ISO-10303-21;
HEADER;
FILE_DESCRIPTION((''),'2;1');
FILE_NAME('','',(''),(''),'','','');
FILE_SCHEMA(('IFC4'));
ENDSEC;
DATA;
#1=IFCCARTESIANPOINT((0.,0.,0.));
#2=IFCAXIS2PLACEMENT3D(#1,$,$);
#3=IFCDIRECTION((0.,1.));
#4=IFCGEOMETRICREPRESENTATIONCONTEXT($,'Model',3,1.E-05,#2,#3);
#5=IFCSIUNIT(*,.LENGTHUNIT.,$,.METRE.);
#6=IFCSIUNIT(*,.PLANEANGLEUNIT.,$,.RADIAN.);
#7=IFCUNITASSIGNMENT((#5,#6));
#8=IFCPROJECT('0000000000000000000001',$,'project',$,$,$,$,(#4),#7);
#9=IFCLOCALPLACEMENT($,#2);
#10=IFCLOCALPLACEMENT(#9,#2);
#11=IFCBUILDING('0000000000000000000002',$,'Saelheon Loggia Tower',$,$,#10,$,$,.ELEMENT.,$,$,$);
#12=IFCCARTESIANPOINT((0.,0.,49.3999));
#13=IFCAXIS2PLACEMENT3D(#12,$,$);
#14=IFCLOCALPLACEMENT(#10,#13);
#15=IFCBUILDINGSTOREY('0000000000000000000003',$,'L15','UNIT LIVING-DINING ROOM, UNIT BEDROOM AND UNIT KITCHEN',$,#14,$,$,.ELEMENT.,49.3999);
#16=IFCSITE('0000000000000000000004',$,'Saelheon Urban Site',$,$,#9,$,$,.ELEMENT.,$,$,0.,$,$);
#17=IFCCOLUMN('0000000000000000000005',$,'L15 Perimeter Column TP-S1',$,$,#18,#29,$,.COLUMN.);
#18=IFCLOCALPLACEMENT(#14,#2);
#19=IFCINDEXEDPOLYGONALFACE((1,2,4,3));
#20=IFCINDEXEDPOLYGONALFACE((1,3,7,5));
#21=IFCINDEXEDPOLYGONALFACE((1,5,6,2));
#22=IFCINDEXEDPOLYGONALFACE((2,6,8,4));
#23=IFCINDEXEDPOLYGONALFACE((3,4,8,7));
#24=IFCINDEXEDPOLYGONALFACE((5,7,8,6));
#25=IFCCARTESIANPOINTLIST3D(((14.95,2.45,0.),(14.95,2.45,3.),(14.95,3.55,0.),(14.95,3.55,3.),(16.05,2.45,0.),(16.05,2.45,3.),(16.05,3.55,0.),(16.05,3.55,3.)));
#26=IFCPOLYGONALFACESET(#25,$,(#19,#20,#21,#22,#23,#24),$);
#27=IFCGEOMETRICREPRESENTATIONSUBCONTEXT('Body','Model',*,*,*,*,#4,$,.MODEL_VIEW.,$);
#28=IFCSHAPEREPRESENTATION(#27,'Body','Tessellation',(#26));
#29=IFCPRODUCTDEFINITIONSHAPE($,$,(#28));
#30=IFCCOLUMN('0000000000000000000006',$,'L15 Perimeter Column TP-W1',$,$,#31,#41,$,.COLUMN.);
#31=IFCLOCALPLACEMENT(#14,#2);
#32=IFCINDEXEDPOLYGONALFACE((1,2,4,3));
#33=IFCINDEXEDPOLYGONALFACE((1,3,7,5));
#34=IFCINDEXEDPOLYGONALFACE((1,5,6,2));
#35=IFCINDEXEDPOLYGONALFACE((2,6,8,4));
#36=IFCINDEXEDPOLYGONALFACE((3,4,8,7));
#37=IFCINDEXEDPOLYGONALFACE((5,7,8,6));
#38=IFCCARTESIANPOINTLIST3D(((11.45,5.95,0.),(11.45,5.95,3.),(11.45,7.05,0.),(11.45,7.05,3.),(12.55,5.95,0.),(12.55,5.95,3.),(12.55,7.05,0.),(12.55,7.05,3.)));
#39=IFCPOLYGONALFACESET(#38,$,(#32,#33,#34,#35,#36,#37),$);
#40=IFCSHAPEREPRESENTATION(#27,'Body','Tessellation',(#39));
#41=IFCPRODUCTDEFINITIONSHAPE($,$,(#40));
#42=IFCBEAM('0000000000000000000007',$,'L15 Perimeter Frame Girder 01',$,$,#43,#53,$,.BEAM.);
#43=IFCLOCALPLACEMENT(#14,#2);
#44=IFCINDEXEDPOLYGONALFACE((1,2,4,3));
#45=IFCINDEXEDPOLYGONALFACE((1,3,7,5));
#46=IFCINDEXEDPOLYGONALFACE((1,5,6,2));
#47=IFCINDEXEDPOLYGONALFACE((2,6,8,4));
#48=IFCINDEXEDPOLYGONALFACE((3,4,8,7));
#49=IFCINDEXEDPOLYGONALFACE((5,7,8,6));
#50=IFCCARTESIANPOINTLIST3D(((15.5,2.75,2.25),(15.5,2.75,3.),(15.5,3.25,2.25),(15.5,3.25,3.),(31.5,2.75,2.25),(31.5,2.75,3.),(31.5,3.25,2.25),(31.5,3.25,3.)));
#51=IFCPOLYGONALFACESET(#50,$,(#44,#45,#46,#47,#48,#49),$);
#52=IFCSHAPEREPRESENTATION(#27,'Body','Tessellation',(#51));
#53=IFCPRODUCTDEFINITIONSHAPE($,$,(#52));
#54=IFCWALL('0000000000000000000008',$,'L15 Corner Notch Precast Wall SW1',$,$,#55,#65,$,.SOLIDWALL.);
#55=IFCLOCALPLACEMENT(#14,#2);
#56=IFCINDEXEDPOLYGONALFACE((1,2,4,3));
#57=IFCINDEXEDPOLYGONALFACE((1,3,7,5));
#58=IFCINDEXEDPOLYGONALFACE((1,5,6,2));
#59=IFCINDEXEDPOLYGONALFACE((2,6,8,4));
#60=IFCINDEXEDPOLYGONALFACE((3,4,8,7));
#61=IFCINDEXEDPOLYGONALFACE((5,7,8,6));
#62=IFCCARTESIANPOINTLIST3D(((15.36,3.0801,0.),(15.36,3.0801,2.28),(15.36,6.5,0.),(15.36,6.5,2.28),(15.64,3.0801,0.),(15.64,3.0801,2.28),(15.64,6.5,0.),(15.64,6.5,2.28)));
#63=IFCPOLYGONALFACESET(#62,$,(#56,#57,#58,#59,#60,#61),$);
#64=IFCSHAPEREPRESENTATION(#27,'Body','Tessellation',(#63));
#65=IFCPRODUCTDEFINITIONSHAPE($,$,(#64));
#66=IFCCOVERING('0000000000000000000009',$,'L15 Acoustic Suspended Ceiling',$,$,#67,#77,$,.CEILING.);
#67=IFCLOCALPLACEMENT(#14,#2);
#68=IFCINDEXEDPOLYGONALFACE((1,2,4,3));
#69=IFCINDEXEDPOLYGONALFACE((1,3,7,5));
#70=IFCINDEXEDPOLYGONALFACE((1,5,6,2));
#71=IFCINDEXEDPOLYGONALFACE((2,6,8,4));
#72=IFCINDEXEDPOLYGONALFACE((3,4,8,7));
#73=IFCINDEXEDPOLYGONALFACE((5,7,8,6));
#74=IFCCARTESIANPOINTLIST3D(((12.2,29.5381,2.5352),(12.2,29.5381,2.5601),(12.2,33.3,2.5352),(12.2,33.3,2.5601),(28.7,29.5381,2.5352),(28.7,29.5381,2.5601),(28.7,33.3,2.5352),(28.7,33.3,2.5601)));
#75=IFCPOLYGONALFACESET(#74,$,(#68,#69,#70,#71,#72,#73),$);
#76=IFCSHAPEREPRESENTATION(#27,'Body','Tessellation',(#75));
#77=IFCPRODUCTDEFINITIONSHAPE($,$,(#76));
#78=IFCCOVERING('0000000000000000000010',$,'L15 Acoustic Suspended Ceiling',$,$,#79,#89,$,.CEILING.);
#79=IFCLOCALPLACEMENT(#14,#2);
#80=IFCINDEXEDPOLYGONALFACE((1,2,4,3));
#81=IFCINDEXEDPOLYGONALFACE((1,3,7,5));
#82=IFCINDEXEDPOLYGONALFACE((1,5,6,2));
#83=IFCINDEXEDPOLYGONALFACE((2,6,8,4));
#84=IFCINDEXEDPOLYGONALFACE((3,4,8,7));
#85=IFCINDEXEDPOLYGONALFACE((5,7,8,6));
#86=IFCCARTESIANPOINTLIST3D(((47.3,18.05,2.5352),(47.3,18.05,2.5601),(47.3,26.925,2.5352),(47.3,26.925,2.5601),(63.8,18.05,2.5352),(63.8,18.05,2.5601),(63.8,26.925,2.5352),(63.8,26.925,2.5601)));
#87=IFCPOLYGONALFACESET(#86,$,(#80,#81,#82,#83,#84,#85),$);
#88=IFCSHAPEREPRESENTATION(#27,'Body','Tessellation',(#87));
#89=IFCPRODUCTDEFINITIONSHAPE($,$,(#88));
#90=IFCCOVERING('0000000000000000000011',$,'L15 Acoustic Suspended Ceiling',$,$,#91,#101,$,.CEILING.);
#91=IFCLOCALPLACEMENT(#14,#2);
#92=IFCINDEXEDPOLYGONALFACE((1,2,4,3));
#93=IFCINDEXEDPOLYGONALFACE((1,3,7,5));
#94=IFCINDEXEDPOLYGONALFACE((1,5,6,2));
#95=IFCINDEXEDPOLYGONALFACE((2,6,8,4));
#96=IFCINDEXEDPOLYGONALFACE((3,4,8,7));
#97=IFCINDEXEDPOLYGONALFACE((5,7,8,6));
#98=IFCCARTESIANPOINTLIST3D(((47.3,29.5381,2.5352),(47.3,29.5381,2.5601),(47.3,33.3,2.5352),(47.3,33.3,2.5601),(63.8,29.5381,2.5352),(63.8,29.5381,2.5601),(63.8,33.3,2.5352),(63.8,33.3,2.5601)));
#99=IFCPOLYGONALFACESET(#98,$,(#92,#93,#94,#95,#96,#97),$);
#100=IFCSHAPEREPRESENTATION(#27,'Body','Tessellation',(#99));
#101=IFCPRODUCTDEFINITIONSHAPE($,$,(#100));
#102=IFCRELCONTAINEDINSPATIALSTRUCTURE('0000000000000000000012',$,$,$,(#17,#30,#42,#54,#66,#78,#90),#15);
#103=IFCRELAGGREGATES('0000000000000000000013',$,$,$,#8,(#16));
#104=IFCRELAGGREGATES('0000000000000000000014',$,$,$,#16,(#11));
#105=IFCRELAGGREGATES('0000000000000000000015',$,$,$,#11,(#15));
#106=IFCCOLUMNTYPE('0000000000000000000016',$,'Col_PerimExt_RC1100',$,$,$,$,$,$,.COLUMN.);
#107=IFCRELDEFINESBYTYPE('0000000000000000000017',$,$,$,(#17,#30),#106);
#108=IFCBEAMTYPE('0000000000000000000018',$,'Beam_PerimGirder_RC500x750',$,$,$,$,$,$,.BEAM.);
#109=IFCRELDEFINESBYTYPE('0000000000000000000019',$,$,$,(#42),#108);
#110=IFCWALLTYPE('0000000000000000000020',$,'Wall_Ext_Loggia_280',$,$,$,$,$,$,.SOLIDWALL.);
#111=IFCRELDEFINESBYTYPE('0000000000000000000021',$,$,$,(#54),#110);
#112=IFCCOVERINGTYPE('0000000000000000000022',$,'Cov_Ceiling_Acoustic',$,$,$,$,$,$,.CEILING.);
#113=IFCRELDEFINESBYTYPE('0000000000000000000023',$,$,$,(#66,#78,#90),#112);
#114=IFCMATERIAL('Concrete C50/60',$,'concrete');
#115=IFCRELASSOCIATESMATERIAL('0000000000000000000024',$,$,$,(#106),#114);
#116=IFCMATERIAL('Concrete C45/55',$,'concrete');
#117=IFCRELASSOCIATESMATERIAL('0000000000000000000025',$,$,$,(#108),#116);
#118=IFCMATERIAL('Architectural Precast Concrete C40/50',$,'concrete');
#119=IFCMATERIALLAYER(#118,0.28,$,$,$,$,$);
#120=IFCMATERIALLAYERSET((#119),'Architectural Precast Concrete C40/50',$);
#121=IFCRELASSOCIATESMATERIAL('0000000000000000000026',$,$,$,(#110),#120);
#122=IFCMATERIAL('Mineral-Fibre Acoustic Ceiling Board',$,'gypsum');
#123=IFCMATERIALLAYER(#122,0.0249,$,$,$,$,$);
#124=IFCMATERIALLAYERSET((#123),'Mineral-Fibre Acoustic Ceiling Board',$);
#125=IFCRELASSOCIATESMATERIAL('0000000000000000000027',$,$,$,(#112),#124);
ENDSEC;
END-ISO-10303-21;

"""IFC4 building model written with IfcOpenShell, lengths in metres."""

from ifc_helpers import new_model, si_unit, direction, frame, frame_2d, origin, origin_2d, place, context, subcontext, project, spatial, polyline, rectangle, outline, extrude, source, transform, mapped, material, layer, layer_set, material_profile, profile_set, type_object, element, save


model = new_model("IFC4")

# Units and contexts
model_context = context("Model", 3, precision=1e-05, world=origin(), true_north=direction((0.0, 1.0)))
body_context = subcontext(model_context, "Body", "Model", "MODEL_VIEW")
ifc_project = project(units=[si_unit("LENGTHUNIT", "METRE"), si_unit("PLANEANGLEUNIT", "RADIAN")], contexts=[model_context])

# Site, building, storey
site_placement = place(None, origin())
site = spatial("IfcSite", under=ifc_project, at=site_placement, Name="Saelheon Urban Site", CompositionType="ELEMENT", RefElevation=0.0)
building_placement = place(site_placement, origin())
building = spatial("IfcBuilding", under=site, at=building_placement, Name="Saelheon Loggia Tower", CompositionType="ELEMENT")
storey_placement = place(building_placement, frame((0.0, 0.0, 49.3999)))
storey = spatial("IfcBuildingStorey", under=building, at=storey_placement, Name="L15", Description="UNIT LIVING-DINING ROOM, UNIT BEDROOM AND UNIT KITCHEN", CompositionType="ELEMENT", Elevation=49.3999)

# Columns
ifc_material_1 = material(Name="Concrete C50/60", Category="concrete")
ifc_material_profile_1 = material_profile(ifc_material_1, rectangle(XDim=1.1001, YDim=1.1001, at=origin_2d()), Name="RC-1100x1100")
ifc_profile_set_1 = profile_set([ifc_material_profile_1], Name="Concrete C50/60")
column_type = type_object("IfcColumnType", Name="Col_PerimExt_RC1100", PredefinedType="COLUMN", material=ifc_profile_set_1)
shared_shape_1 = source(origin(), body_context, "Body", "SweptSolid", [
    extrude(rectangle(XDim=1.1001, YDim=1.1001, at=origin_2d()), origin(), (0.0, 0.0, 1.0), 3.0),
])
for number, where, z_axis, x_axis, name in (
    (1, (15.5, 3.0, 0.0), (0.0, 0.0, 1.0), (1.0, 0.0, 0.0), "L15 Perimeter Column TP-S1"),
    (2, (12.0, 6.5, 0.0), (0.0, 0.0, 1.0), (1.0, 0.0, 0.0), "L15 Perimeter Column TP-W1"),
):
    element("IfcColumn", number, at=place(storey_placement, frame(where, z_axis=z_axis, x_axis=x_axis)), inside=storey, type_object=column_type, Name=name, PredefinedType="COLUMN", context=body_context, shape_type="MappedRepresentation", body=[
        mapped(shared_shape_1, transform((0.0, 0.0, 0.0), scale=1.0)),
    ])

# Beam
ifc_material_2 = material(Name="Concrete C45/55", Category="concrete")
ifc_material_profile_2 = material_profile(ifc_material_2, rectangle(XDim=0.5, YDim=0.75, at=origin_2d()), Name="RC-500x750")
ifc_profile_set_2 = profile_set([ifc_material_profile_2], Name="Concrete C45/55")
beam_type = type_object("IfcBeamType", Name="Beam_PerimGirder_RC500x750", PredefinedType="BEAM", material=ifc_profile_set_2)
shared_shape_2 = source(origin(), body_context, "Body", "SweptSolid", [
    extrude(rectangle(XDim=0.5, YDim=0.75, at=origin_2d()), origin(), (0.0, 0.0, 1.0), 16.0),
])
beam_placement = place(storey_placement, frame((15.5, 3.0, 2.625), z_axis=(1.0, 0.0, 0.0), x_axis=(0.0, 1.0, 0.0)))
element("IfcBeam", 3, at=beam_placement, inside=storey, type_object=beam_type, Name="L15 Perimeter Frame Girder 01", PredefinedType="BEAM", context=body_context, shape_type="MappedRepresentation", body=[
    mapped(shared_shape_2, transform((0.0, 0.0, 0.0), scale=1.0)),
])

# Shared definitions
ifc_material_3 = material(Name="Architectural Precast Concrete C40/50", Category="concrete")
ifc_layer_1 = layer(ifc_material_3, 0.28)
ifc_layer_set_1 = layer_set([ifc_layer_1], Name="Architectural Precast Concrete C40/50")
wall_type = type_object("IfcWallType", Name="Wall_Ext_Loggia_280", PredefinedType="SOLIDWALL", material=ifc_layer_set_1)

# Wall
wall_1_placement = place(storey_placement, frame((15.5, 3.0801, 0.0), z_axis=(0.0, 0.0, 1.0), x_axis=(0.0, 1.0, 0.0)))
element("IfcWall", 4, at=wall_1_placement, inside=storey, type_object=wall_type, Name="L15 Corner Notch Precast Wall SW1", PredefinedType="SOLIDWALL", context=body_context, shape_type="SweptSolid", body=[
    extrude(rectangle(XDim=3.4199, YDim=0.28, at=frame_2d((1.71, 0.0))), origin(), (0.0, 0.0, 1.0), 2.28),
])

# Coverings
ifc_material_4 = material(Name="Mineral-Fibre Acoustic Ceiling Board", Category="gypsum")
ifc_layer_2 = layer(ifc_material_4, 0.0249)
ifc_layer_set_2 = layer_set([ifc_layer_2], Name="Mineral-Fibre Acoustic Ceiling Board")
covering_type = type_object("IfcCoveringType", Name="Cov_Ceiling_Acoustic", PredefinedType="CEILING", material=ifc_layer_set_2)
covering_1_placement = place(storey_placement, frame((0.0, 0.0, 2.5352)))
element("IfcCovering", 5, at=covering_1_placement, inside=storey, type_object=covering_type, Name="L15 Acoustic Suspended Ceiling", PredefinedType="CEILING", context=body_context, shape_type="SweptSolid", body=[
    extrude(outline(polyline([(12.2, 29.5381), (28.7, 29.5381), (28.7, 33.3), (12.2, 33.3), (12.2, 29.5381)])), origin(), (0.0, 0.0, 1.0), 0.0249),
])
covering_2_placement = place(storey_placement, frame((0.0, 0.0, 2.5352)))
element("IfcCovering", 6, at=covering_2_placement, inside=storey, type_object=covering_type, Name="L15 Acoustic Suspended Ceiling", PredefinedType="CEILING", context=body_context, shape_type="SweptSolid", body=[
    extrude(outline(polyline([(47.3, 18.05), (63.8, 18.05), (63.8, 26.925), (47.3, 26.925), (47.3, 18.05)])), origin(), (0.0, 0.0, 1.0), 0.0249),
])
covering_3_placement = place(storey_placement, frame((0.0, 0.0, 2.5352)))
element("IfcCovering", 7, at=covering_3_placement, inside=storey, type_object=covering_type, Name="L15 Acoustic Suspended Ceiling", PredefinedType="CEILING", context=body_context, shape_type="SweptSolid", body=[
    extrude(outline(polyline([(47.3, 29.5381), (63.8, 29.5381), (63.8, 33.3), (47.3, 33.3), (47.3, 29.5381)])), origin(), (0.0, 0.0, 1.0), 0.0249),
])

save(model, "model.ifc")
